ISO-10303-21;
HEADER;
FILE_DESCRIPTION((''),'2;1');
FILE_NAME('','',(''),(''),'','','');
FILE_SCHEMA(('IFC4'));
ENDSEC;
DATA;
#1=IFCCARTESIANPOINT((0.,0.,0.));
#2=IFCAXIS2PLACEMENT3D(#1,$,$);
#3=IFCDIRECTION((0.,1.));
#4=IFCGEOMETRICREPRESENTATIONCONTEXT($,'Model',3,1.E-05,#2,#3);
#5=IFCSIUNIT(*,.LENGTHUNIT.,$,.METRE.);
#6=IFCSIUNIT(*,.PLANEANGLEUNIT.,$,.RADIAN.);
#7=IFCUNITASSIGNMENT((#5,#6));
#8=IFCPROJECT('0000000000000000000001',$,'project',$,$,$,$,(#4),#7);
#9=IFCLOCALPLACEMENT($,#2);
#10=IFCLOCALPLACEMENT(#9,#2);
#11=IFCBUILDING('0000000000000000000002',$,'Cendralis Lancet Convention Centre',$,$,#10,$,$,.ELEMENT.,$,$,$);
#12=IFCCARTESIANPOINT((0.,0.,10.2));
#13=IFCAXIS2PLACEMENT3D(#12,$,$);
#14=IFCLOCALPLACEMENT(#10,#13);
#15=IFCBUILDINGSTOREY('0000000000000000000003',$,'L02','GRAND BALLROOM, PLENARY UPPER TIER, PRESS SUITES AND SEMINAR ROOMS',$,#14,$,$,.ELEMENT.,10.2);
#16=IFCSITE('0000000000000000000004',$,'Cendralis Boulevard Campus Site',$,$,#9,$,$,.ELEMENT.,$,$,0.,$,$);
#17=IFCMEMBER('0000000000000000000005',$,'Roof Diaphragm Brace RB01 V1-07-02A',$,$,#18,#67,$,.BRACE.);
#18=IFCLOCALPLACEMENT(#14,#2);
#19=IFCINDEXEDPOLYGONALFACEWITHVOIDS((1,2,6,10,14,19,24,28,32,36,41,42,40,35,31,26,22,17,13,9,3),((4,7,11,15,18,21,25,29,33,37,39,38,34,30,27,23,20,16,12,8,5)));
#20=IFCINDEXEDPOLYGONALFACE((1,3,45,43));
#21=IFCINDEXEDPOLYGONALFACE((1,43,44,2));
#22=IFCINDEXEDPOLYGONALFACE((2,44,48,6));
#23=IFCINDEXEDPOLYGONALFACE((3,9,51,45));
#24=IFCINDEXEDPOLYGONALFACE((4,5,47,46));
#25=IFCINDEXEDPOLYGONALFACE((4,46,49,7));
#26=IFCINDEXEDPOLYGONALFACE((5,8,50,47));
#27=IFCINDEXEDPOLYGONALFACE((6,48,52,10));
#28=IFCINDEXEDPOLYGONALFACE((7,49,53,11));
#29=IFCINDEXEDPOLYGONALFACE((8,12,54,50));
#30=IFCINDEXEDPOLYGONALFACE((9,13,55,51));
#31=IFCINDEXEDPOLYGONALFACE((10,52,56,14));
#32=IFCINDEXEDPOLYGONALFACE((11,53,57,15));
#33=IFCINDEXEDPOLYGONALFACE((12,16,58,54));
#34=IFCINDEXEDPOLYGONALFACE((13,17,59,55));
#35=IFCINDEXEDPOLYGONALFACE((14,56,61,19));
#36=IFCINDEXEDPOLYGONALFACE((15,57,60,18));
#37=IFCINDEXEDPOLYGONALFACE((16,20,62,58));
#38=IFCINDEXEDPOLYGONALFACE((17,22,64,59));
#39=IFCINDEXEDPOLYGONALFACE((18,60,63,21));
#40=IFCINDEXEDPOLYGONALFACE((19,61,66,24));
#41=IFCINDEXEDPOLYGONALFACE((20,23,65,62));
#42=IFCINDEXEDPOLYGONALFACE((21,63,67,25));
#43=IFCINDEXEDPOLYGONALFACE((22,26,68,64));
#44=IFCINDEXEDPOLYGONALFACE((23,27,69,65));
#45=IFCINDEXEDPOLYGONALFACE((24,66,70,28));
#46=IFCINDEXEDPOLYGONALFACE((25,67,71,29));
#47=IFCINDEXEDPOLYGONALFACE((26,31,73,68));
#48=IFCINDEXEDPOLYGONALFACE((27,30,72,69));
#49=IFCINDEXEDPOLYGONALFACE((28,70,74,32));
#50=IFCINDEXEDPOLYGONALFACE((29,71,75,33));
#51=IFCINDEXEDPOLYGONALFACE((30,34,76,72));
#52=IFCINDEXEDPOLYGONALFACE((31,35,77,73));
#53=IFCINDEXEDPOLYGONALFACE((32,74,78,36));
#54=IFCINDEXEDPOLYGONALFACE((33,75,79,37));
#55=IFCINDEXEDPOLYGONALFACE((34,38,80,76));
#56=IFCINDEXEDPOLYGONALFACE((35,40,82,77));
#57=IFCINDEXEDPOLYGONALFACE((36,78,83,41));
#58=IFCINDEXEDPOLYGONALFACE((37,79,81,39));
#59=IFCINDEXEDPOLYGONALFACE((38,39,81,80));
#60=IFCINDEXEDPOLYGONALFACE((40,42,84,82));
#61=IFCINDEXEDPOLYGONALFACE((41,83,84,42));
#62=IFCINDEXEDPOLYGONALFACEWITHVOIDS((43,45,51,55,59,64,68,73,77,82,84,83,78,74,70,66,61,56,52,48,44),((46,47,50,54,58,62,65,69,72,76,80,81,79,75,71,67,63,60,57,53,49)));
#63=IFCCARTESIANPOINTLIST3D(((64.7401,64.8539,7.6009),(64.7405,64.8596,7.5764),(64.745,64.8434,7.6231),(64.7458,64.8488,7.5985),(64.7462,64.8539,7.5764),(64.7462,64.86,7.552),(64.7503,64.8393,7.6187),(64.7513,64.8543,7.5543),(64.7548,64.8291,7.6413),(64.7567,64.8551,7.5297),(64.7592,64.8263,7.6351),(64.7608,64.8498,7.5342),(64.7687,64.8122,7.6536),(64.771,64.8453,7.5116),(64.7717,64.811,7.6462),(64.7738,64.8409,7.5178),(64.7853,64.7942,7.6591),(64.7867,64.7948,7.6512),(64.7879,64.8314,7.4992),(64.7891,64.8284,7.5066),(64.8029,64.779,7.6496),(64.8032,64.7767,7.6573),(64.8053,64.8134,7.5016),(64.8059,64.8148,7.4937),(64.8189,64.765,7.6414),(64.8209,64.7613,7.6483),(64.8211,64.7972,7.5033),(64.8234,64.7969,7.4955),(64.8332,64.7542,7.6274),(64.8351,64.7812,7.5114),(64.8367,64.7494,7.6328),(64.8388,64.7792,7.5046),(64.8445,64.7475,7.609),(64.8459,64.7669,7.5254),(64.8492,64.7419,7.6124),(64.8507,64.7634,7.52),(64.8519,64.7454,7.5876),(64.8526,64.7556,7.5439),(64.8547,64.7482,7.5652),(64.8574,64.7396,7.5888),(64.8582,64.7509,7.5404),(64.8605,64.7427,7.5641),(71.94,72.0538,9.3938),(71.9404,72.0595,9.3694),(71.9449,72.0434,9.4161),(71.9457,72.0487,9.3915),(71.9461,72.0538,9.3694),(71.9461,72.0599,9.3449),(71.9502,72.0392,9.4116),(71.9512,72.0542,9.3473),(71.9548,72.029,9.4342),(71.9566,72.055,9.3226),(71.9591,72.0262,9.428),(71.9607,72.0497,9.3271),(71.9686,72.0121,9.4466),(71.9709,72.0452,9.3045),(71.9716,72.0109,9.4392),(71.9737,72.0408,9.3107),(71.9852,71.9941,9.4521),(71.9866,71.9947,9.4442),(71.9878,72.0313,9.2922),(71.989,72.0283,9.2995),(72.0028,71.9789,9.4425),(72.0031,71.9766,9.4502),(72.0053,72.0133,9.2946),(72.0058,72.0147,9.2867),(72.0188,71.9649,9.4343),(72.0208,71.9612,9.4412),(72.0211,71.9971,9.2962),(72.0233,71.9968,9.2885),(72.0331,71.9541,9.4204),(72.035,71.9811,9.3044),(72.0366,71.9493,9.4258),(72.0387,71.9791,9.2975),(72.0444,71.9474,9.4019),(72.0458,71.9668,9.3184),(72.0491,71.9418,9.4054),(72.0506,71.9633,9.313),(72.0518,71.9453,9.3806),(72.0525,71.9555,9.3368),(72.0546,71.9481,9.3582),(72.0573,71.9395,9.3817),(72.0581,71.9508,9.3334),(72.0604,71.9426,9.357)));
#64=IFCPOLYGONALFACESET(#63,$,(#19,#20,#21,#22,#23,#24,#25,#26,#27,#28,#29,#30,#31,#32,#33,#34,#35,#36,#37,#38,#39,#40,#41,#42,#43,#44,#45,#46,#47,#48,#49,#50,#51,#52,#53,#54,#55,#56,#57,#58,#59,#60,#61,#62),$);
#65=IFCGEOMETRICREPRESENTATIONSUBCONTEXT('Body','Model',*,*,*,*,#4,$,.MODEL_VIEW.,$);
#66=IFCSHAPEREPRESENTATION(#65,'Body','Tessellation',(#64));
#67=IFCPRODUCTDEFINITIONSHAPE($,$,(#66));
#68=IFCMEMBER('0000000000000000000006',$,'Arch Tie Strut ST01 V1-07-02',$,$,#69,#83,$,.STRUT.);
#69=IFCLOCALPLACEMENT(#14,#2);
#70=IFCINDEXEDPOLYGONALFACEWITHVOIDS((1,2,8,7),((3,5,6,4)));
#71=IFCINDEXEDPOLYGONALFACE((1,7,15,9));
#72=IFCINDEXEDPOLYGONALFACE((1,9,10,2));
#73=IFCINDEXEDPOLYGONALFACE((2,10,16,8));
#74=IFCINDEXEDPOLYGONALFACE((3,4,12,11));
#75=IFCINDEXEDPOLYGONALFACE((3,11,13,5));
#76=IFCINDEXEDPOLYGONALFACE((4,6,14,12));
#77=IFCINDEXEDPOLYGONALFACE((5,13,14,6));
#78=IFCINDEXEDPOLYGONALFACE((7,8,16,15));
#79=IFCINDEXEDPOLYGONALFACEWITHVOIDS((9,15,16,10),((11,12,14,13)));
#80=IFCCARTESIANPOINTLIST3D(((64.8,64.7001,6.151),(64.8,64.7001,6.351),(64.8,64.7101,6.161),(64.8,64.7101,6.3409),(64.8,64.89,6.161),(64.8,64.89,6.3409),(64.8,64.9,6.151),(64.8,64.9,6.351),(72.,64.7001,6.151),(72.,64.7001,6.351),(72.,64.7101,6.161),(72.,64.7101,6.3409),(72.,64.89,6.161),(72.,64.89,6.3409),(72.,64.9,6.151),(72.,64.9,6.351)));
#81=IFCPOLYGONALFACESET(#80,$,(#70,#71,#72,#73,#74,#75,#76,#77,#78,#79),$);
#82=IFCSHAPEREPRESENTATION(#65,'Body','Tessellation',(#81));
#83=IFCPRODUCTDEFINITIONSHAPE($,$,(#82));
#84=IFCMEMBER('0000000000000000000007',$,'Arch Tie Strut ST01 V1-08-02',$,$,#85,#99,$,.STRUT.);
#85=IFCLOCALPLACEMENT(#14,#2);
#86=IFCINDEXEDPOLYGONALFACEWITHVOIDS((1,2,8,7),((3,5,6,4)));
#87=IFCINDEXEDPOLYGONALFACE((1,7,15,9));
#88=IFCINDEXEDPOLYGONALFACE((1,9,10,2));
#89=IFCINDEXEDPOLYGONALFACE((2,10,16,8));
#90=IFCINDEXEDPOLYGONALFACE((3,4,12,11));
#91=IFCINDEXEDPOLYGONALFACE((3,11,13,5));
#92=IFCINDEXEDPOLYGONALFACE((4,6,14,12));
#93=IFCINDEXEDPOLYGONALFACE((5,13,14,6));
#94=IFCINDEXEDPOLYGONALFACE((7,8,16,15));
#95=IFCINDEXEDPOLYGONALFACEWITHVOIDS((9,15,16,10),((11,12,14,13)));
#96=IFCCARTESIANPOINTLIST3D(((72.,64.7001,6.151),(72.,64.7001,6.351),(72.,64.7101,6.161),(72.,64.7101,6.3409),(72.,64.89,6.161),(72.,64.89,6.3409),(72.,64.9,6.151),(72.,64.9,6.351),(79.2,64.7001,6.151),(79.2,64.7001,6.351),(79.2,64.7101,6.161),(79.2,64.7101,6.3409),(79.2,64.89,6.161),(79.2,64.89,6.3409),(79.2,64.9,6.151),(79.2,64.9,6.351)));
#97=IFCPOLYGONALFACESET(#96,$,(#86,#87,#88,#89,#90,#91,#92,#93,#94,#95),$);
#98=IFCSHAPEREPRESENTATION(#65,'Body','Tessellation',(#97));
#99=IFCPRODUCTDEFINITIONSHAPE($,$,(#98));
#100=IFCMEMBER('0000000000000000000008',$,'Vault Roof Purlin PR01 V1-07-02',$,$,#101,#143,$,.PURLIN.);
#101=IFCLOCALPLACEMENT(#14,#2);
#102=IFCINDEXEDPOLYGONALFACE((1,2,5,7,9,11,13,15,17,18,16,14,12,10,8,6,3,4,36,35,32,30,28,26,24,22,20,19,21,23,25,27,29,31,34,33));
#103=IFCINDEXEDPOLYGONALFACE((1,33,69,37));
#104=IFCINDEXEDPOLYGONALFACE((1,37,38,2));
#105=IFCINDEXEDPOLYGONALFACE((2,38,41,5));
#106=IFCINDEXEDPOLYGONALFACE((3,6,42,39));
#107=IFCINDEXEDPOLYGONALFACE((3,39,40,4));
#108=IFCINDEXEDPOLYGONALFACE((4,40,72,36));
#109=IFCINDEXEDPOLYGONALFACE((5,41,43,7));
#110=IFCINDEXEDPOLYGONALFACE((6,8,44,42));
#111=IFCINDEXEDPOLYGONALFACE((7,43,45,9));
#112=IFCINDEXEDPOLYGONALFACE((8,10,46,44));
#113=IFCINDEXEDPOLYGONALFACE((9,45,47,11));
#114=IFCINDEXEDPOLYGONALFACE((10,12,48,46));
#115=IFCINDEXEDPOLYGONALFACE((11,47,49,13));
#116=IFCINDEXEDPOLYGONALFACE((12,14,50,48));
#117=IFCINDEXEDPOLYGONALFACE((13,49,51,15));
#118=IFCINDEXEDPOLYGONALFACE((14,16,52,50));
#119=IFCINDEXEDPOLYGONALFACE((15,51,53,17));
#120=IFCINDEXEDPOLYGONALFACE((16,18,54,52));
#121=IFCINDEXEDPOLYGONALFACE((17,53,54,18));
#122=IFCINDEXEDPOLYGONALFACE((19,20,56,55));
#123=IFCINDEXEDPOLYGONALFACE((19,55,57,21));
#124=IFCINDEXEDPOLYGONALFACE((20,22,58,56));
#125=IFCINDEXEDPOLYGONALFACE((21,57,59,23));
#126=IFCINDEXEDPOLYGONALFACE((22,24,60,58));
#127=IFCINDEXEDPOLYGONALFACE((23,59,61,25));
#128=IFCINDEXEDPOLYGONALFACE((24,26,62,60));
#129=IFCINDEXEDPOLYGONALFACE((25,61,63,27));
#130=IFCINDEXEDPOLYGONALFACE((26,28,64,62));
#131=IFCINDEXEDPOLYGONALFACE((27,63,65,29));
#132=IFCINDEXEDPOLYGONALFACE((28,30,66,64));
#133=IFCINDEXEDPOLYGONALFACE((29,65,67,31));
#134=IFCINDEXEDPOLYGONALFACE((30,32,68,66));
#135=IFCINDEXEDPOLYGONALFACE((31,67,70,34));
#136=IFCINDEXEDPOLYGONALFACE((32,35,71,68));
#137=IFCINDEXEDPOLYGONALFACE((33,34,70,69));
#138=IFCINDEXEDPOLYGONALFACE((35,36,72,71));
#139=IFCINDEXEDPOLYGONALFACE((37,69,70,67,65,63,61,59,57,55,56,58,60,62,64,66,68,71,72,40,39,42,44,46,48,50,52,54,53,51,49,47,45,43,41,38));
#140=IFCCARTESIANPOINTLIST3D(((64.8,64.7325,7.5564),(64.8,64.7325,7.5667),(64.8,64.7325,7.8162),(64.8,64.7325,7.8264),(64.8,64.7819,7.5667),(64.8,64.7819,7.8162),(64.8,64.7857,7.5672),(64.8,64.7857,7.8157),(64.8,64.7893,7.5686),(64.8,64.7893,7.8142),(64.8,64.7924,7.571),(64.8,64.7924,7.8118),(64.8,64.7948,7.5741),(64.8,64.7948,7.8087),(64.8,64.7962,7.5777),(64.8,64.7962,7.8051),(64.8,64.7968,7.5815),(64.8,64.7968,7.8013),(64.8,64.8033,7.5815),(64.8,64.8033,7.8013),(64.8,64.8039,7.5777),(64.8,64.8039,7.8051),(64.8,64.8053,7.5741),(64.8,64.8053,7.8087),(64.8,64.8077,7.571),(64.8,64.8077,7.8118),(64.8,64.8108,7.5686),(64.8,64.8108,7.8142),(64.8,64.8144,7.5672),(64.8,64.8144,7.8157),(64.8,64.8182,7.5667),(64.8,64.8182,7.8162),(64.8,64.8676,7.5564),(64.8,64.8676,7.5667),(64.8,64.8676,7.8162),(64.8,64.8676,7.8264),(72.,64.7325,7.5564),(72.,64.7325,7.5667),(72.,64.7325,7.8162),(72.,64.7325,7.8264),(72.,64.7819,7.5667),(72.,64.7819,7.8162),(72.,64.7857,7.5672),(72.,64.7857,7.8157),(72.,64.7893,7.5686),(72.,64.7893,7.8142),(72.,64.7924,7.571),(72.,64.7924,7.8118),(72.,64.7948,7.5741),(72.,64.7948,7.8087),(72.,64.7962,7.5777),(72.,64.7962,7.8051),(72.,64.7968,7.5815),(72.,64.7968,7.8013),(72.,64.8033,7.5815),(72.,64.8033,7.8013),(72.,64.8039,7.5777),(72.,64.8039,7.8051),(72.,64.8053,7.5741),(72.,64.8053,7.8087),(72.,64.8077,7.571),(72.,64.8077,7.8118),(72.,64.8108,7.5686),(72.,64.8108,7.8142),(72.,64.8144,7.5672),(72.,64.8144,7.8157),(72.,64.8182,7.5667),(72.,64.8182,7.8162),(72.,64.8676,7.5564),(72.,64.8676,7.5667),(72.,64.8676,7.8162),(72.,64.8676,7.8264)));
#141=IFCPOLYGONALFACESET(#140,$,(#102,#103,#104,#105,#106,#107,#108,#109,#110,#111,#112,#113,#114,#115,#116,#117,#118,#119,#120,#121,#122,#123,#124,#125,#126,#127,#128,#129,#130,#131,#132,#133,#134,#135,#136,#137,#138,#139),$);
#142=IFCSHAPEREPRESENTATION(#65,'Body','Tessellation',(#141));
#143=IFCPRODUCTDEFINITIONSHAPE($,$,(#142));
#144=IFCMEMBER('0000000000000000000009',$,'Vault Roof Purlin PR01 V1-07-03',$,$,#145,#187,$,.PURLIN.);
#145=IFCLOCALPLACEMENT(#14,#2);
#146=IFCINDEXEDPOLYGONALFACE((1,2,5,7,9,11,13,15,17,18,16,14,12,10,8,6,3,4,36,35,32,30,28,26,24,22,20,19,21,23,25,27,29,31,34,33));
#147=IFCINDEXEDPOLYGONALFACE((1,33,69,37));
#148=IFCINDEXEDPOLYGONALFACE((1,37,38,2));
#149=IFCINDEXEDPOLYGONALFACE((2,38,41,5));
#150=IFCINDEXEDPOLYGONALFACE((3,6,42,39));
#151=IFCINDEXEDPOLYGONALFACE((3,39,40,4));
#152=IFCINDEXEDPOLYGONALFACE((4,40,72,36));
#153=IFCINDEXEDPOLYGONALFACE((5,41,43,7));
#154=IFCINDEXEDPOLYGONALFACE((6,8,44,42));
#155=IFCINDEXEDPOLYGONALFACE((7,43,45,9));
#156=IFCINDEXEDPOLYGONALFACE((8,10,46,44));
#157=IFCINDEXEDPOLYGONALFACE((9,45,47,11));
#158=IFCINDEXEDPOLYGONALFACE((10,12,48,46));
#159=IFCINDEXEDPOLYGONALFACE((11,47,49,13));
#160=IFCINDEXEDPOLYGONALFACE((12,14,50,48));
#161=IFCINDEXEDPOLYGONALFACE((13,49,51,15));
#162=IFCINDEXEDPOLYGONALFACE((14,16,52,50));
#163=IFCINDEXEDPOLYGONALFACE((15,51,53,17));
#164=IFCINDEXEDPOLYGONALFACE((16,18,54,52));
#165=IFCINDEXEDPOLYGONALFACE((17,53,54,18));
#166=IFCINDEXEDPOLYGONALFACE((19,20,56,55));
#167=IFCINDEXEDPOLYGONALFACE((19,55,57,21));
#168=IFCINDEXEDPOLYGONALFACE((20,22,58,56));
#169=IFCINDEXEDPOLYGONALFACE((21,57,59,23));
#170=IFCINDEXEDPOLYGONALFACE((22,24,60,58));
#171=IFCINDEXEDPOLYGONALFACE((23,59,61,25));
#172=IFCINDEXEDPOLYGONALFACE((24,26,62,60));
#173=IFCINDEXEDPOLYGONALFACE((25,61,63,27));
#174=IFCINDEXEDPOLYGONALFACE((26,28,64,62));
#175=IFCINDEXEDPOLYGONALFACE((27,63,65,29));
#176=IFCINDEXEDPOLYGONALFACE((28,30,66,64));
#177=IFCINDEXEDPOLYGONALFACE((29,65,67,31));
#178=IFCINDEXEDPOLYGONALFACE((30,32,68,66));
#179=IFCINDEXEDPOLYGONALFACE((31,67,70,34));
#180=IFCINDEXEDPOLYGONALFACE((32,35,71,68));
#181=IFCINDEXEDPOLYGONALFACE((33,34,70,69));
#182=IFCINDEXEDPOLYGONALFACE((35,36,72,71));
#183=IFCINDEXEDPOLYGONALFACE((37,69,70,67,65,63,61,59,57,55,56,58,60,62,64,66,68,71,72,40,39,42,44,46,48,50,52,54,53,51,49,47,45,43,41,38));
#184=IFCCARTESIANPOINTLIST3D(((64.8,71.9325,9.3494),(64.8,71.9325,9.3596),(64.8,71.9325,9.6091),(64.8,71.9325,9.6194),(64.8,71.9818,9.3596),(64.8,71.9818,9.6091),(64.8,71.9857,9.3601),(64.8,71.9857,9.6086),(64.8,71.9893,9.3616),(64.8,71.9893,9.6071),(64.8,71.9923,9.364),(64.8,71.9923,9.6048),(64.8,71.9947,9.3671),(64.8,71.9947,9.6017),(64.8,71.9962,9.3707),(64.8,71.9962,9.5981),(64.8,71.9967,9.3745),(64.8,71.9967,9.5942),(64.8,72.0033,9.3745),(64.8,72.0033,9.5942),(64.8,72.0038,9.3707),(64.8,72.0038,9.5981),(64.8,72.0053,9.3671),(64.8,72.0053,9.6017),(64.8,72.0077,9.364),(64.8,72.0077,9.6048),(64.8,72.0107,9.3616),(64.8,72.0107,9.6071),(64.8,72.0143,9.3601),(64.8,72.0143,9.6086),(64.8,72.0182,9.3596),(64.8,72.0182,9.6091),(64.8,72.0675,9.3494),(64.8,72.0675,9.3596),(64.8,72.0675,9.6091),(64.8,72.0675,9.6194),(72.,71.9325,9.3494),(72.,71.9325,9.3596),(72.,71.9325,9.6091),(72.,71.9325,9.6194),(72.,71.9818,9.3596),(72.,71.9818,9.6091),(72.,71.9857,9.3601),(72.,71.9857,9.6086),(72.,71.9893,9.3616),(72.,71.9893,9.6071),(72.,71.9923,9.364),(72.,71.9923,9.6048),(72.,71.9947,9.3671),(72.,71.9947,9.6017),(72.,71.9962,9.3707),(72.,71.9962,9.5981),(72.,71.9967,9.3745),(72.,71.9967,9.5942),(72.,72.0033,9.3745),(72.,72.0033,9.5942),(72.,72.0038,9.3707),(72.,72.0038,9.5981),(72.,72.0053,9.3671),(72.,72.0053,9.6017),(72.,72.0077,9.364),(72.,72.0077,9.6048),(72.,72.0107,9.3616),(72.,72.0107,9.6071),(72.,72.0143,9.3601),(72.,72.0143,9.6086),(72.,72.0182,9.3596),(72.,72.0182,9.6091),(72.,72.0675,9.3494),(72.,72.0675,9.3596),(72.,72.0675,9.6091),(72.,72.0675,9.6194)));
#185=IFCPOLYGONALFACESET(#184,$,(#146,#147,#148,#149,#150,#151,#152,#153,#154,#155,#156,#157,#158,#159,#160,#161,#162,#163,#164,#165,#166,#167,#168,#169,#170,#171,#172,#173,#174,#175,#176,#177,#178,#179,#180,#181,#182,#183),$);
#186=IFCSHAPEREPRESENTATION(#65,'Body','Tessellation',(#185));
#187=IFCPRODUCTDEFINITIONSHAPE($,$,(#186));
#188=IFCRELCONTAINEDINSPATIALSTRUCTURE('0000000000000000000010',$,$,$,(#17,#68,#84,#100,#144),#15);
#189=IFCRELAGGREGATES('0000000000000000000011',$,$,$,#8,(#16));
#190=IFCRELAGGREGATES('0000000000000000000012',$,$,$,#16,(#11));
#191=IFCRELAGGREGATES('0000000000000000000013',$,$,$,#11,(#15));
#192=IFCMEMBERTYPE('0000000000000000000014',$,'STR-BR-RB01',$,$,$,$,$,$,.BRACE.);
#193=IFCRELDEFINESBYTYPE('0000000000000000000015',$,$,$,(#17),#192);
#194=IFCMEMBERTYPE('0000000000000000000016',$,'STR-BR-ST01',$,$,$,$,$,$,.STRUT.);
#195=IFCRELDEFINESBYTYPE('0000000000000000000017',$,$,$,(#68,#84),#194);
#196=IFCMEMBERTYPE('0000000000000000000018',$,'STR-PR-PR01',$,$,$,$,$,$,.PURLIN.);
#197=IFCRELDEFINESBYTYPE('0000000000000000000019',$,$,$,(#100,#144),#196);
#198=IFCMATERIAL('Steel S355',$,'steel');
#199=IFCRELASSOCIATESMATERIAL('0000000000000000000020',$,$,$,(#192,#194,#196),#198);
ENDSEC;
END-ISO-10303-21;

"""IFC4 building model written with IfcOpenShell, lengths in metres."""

from ifc_helpers import new_model, si_unit, direction, frame, origin, origin_2d, place, context, subcontext, project, spatial, hollow_rectangle, hollow_circle, i_section, extrude, material, material_profile, profile_set, type_object, element, save


model = new_model("IFC4")

# Units and contexts
model_context = context("Model", 3, precision=1e-05, world=origin(), true_north=direction((0.0, 1.0)))
body_context = subcontext(model_context, "Body", "Model", "MODEL_VIEW")
ifc_project = project(units=[si_unit("LENGTHUNIT", "METRE"), si_unit("PLANEANGLEUNIT", "RADIAN")], contexts=[model_context])

# Site, building, storey
site_placement = place(None, origin())
site = spatial("IfcSite", under=ifc_project, at=site_placement, Name="Cendralis Boulevard Campus Site", CompositionType="ELEMENT", RefElevation=0.0)
building_placement = place(site_placement, origin())
building = spatial("IfcBuilding", under=site, at=building_placement, Name="Cendralis Lancet Convention Centre", CompositionType="ELEMENT")
storey_placement = place(building_placement, frame((0.0, 0.0, 10.2)))
storey = spatial("IfcBuildingStorey", under=building, at=storey_placement, Name="L02", Description="GRAND BALLROOM, PLENARY UPPER TIER, PRESS SUITES AND SEMINAR ROOMS", CompositionType="ELEMENT", Elevation=10.2)

# Members
ifc_material = material(Name="Steel S355", Category="steel")
ifc_material_profile_1 = material_profile(ifc_material, hollow_circle(Radius=0.0842, WallThickness=0.0081, at=origin_2d()), Name="CHS 168.3x8.0")
ifc_profile_set_1 = profile_set([ifc_material_profile_1], Name="Steel S355")
member_type_1 = type_object("IfcMemberType", Name="STR-BR-RB01", PredefinedType="BRACE", material=ifc_profile_set_1)
member_1_placement = place(storey_placement, frame((64.8, 64.8, 7.5764), z_axis=(0.696393, 0.696393, 0.173419), x_axis=(-0.707107, 0.707107, 0.0)))
element("IfcMember", 1, at=member_1_placement, inside=storey, type_object=member_type_1, Name="Roof Diaphragm Brace RB01 V1-07-02A", PredefinedType="BRACE", context=body_context, shape_type="SweptSolid", body=[
    extrude(hollow_circle(Radius=0.0842, WallThickness=0.0081, at=origin_2d()), origin(), (0.0, 0.0, 1.0), 10.3389),
])
ifc_material_profile_2 = material_profile(ifc_material, hollow_rectangle(XDim=0.2, YDim=0.2, WallThickness=0.01, at=origin_2d()), Name="SHS 200x200x10.0")
ifc_profile_set_2 = profile_set([ifc_material_profile_2], Name="Steel S355")
member_type_2 = type_object("IfcMemberType", Name="STR-BR-ST01", PredefinedType="STRUT", material=ifc_profile_set_2)
for number, where, z_axis, x_axis, name in (
    (2, (64.8, 64.8, 6.251), (1.0, 0.0, 0.0), (0.0, 1.0, 0.0), "Arch Tie Strut ST01 V1-07-02"),
    (3, (72.0, 64.8, 6.251), (1.0, 0.0, 0.0), (0.0, 1.0, 0.0), "Arch Tie Strut ST01 V1-08-02"),
):
    element("IfcMember", number, at=place(storey_placement, frame(where, z_axis=z_axis, x_axis=x_axis)), inside=storey, type_object=member_type_2, Name=name, PredefinedType="STRUT", context=body_context, shape_type="SweptSolid", body=[
        extrude(hollow_rectangle(XDim=0.2, YDim=0.2, WallThickness=0.01, at=origin_2d()), origin(), (0.0, 0.0, 1.0), 7.2),
    ])
ifc_material_profile_3 = material_profile(ifc_material, i_section(OverallWidth=0.135, OverallDepth=0.27, WebThickness=0.0066, FlangeThickness=0.0103, FilletRadius=0.0149, at=origin_2d()), Name="IPE 270")
ifc_profile_set_3 = profile_set([ifc_material_profile_3], Name="Steel S355")
member_type_3 = type_object("IfcMemberType", Name="STR-PR-PR01", PredefinedType="PURLIN", material=ifc_profile_set_3)
for number, where, z_axis, x_axis, name in (
    (4, (64.8, 64.8, 7.6914), (1.0, 0.0, 0.0), (0.0, 1.0, 0.0), "Vault Roof Purlin PR01 V1-07-02"),
    (5, (64.8, 72.0, 9.4844), (1.0, 0.0, 0.0), (0.0, 1.0, 0.0), "Vault Roof Purlin PR01 V1-07-03"),
):
    element("IfcMember", number, at=place(storey_placement, frame(where, z_axis=z_axis, x_axis=x_axis)), inside=storey, type_object=member_type_3, Name=name, PredefinedType="PURLIN", context=body_context, shape_type="SweptSolid", body=[
        extrude(i_section(OverallWidth=0.135, OverallDepth=0.27, WebThickness=0.0066, FlangeThickness=0.0103, FilletRadius=0.0149, at=origin_2d()), origin(), (0.0, 0.0, 1.0), 7.2),
    ])

save(model, "model.ifc")
